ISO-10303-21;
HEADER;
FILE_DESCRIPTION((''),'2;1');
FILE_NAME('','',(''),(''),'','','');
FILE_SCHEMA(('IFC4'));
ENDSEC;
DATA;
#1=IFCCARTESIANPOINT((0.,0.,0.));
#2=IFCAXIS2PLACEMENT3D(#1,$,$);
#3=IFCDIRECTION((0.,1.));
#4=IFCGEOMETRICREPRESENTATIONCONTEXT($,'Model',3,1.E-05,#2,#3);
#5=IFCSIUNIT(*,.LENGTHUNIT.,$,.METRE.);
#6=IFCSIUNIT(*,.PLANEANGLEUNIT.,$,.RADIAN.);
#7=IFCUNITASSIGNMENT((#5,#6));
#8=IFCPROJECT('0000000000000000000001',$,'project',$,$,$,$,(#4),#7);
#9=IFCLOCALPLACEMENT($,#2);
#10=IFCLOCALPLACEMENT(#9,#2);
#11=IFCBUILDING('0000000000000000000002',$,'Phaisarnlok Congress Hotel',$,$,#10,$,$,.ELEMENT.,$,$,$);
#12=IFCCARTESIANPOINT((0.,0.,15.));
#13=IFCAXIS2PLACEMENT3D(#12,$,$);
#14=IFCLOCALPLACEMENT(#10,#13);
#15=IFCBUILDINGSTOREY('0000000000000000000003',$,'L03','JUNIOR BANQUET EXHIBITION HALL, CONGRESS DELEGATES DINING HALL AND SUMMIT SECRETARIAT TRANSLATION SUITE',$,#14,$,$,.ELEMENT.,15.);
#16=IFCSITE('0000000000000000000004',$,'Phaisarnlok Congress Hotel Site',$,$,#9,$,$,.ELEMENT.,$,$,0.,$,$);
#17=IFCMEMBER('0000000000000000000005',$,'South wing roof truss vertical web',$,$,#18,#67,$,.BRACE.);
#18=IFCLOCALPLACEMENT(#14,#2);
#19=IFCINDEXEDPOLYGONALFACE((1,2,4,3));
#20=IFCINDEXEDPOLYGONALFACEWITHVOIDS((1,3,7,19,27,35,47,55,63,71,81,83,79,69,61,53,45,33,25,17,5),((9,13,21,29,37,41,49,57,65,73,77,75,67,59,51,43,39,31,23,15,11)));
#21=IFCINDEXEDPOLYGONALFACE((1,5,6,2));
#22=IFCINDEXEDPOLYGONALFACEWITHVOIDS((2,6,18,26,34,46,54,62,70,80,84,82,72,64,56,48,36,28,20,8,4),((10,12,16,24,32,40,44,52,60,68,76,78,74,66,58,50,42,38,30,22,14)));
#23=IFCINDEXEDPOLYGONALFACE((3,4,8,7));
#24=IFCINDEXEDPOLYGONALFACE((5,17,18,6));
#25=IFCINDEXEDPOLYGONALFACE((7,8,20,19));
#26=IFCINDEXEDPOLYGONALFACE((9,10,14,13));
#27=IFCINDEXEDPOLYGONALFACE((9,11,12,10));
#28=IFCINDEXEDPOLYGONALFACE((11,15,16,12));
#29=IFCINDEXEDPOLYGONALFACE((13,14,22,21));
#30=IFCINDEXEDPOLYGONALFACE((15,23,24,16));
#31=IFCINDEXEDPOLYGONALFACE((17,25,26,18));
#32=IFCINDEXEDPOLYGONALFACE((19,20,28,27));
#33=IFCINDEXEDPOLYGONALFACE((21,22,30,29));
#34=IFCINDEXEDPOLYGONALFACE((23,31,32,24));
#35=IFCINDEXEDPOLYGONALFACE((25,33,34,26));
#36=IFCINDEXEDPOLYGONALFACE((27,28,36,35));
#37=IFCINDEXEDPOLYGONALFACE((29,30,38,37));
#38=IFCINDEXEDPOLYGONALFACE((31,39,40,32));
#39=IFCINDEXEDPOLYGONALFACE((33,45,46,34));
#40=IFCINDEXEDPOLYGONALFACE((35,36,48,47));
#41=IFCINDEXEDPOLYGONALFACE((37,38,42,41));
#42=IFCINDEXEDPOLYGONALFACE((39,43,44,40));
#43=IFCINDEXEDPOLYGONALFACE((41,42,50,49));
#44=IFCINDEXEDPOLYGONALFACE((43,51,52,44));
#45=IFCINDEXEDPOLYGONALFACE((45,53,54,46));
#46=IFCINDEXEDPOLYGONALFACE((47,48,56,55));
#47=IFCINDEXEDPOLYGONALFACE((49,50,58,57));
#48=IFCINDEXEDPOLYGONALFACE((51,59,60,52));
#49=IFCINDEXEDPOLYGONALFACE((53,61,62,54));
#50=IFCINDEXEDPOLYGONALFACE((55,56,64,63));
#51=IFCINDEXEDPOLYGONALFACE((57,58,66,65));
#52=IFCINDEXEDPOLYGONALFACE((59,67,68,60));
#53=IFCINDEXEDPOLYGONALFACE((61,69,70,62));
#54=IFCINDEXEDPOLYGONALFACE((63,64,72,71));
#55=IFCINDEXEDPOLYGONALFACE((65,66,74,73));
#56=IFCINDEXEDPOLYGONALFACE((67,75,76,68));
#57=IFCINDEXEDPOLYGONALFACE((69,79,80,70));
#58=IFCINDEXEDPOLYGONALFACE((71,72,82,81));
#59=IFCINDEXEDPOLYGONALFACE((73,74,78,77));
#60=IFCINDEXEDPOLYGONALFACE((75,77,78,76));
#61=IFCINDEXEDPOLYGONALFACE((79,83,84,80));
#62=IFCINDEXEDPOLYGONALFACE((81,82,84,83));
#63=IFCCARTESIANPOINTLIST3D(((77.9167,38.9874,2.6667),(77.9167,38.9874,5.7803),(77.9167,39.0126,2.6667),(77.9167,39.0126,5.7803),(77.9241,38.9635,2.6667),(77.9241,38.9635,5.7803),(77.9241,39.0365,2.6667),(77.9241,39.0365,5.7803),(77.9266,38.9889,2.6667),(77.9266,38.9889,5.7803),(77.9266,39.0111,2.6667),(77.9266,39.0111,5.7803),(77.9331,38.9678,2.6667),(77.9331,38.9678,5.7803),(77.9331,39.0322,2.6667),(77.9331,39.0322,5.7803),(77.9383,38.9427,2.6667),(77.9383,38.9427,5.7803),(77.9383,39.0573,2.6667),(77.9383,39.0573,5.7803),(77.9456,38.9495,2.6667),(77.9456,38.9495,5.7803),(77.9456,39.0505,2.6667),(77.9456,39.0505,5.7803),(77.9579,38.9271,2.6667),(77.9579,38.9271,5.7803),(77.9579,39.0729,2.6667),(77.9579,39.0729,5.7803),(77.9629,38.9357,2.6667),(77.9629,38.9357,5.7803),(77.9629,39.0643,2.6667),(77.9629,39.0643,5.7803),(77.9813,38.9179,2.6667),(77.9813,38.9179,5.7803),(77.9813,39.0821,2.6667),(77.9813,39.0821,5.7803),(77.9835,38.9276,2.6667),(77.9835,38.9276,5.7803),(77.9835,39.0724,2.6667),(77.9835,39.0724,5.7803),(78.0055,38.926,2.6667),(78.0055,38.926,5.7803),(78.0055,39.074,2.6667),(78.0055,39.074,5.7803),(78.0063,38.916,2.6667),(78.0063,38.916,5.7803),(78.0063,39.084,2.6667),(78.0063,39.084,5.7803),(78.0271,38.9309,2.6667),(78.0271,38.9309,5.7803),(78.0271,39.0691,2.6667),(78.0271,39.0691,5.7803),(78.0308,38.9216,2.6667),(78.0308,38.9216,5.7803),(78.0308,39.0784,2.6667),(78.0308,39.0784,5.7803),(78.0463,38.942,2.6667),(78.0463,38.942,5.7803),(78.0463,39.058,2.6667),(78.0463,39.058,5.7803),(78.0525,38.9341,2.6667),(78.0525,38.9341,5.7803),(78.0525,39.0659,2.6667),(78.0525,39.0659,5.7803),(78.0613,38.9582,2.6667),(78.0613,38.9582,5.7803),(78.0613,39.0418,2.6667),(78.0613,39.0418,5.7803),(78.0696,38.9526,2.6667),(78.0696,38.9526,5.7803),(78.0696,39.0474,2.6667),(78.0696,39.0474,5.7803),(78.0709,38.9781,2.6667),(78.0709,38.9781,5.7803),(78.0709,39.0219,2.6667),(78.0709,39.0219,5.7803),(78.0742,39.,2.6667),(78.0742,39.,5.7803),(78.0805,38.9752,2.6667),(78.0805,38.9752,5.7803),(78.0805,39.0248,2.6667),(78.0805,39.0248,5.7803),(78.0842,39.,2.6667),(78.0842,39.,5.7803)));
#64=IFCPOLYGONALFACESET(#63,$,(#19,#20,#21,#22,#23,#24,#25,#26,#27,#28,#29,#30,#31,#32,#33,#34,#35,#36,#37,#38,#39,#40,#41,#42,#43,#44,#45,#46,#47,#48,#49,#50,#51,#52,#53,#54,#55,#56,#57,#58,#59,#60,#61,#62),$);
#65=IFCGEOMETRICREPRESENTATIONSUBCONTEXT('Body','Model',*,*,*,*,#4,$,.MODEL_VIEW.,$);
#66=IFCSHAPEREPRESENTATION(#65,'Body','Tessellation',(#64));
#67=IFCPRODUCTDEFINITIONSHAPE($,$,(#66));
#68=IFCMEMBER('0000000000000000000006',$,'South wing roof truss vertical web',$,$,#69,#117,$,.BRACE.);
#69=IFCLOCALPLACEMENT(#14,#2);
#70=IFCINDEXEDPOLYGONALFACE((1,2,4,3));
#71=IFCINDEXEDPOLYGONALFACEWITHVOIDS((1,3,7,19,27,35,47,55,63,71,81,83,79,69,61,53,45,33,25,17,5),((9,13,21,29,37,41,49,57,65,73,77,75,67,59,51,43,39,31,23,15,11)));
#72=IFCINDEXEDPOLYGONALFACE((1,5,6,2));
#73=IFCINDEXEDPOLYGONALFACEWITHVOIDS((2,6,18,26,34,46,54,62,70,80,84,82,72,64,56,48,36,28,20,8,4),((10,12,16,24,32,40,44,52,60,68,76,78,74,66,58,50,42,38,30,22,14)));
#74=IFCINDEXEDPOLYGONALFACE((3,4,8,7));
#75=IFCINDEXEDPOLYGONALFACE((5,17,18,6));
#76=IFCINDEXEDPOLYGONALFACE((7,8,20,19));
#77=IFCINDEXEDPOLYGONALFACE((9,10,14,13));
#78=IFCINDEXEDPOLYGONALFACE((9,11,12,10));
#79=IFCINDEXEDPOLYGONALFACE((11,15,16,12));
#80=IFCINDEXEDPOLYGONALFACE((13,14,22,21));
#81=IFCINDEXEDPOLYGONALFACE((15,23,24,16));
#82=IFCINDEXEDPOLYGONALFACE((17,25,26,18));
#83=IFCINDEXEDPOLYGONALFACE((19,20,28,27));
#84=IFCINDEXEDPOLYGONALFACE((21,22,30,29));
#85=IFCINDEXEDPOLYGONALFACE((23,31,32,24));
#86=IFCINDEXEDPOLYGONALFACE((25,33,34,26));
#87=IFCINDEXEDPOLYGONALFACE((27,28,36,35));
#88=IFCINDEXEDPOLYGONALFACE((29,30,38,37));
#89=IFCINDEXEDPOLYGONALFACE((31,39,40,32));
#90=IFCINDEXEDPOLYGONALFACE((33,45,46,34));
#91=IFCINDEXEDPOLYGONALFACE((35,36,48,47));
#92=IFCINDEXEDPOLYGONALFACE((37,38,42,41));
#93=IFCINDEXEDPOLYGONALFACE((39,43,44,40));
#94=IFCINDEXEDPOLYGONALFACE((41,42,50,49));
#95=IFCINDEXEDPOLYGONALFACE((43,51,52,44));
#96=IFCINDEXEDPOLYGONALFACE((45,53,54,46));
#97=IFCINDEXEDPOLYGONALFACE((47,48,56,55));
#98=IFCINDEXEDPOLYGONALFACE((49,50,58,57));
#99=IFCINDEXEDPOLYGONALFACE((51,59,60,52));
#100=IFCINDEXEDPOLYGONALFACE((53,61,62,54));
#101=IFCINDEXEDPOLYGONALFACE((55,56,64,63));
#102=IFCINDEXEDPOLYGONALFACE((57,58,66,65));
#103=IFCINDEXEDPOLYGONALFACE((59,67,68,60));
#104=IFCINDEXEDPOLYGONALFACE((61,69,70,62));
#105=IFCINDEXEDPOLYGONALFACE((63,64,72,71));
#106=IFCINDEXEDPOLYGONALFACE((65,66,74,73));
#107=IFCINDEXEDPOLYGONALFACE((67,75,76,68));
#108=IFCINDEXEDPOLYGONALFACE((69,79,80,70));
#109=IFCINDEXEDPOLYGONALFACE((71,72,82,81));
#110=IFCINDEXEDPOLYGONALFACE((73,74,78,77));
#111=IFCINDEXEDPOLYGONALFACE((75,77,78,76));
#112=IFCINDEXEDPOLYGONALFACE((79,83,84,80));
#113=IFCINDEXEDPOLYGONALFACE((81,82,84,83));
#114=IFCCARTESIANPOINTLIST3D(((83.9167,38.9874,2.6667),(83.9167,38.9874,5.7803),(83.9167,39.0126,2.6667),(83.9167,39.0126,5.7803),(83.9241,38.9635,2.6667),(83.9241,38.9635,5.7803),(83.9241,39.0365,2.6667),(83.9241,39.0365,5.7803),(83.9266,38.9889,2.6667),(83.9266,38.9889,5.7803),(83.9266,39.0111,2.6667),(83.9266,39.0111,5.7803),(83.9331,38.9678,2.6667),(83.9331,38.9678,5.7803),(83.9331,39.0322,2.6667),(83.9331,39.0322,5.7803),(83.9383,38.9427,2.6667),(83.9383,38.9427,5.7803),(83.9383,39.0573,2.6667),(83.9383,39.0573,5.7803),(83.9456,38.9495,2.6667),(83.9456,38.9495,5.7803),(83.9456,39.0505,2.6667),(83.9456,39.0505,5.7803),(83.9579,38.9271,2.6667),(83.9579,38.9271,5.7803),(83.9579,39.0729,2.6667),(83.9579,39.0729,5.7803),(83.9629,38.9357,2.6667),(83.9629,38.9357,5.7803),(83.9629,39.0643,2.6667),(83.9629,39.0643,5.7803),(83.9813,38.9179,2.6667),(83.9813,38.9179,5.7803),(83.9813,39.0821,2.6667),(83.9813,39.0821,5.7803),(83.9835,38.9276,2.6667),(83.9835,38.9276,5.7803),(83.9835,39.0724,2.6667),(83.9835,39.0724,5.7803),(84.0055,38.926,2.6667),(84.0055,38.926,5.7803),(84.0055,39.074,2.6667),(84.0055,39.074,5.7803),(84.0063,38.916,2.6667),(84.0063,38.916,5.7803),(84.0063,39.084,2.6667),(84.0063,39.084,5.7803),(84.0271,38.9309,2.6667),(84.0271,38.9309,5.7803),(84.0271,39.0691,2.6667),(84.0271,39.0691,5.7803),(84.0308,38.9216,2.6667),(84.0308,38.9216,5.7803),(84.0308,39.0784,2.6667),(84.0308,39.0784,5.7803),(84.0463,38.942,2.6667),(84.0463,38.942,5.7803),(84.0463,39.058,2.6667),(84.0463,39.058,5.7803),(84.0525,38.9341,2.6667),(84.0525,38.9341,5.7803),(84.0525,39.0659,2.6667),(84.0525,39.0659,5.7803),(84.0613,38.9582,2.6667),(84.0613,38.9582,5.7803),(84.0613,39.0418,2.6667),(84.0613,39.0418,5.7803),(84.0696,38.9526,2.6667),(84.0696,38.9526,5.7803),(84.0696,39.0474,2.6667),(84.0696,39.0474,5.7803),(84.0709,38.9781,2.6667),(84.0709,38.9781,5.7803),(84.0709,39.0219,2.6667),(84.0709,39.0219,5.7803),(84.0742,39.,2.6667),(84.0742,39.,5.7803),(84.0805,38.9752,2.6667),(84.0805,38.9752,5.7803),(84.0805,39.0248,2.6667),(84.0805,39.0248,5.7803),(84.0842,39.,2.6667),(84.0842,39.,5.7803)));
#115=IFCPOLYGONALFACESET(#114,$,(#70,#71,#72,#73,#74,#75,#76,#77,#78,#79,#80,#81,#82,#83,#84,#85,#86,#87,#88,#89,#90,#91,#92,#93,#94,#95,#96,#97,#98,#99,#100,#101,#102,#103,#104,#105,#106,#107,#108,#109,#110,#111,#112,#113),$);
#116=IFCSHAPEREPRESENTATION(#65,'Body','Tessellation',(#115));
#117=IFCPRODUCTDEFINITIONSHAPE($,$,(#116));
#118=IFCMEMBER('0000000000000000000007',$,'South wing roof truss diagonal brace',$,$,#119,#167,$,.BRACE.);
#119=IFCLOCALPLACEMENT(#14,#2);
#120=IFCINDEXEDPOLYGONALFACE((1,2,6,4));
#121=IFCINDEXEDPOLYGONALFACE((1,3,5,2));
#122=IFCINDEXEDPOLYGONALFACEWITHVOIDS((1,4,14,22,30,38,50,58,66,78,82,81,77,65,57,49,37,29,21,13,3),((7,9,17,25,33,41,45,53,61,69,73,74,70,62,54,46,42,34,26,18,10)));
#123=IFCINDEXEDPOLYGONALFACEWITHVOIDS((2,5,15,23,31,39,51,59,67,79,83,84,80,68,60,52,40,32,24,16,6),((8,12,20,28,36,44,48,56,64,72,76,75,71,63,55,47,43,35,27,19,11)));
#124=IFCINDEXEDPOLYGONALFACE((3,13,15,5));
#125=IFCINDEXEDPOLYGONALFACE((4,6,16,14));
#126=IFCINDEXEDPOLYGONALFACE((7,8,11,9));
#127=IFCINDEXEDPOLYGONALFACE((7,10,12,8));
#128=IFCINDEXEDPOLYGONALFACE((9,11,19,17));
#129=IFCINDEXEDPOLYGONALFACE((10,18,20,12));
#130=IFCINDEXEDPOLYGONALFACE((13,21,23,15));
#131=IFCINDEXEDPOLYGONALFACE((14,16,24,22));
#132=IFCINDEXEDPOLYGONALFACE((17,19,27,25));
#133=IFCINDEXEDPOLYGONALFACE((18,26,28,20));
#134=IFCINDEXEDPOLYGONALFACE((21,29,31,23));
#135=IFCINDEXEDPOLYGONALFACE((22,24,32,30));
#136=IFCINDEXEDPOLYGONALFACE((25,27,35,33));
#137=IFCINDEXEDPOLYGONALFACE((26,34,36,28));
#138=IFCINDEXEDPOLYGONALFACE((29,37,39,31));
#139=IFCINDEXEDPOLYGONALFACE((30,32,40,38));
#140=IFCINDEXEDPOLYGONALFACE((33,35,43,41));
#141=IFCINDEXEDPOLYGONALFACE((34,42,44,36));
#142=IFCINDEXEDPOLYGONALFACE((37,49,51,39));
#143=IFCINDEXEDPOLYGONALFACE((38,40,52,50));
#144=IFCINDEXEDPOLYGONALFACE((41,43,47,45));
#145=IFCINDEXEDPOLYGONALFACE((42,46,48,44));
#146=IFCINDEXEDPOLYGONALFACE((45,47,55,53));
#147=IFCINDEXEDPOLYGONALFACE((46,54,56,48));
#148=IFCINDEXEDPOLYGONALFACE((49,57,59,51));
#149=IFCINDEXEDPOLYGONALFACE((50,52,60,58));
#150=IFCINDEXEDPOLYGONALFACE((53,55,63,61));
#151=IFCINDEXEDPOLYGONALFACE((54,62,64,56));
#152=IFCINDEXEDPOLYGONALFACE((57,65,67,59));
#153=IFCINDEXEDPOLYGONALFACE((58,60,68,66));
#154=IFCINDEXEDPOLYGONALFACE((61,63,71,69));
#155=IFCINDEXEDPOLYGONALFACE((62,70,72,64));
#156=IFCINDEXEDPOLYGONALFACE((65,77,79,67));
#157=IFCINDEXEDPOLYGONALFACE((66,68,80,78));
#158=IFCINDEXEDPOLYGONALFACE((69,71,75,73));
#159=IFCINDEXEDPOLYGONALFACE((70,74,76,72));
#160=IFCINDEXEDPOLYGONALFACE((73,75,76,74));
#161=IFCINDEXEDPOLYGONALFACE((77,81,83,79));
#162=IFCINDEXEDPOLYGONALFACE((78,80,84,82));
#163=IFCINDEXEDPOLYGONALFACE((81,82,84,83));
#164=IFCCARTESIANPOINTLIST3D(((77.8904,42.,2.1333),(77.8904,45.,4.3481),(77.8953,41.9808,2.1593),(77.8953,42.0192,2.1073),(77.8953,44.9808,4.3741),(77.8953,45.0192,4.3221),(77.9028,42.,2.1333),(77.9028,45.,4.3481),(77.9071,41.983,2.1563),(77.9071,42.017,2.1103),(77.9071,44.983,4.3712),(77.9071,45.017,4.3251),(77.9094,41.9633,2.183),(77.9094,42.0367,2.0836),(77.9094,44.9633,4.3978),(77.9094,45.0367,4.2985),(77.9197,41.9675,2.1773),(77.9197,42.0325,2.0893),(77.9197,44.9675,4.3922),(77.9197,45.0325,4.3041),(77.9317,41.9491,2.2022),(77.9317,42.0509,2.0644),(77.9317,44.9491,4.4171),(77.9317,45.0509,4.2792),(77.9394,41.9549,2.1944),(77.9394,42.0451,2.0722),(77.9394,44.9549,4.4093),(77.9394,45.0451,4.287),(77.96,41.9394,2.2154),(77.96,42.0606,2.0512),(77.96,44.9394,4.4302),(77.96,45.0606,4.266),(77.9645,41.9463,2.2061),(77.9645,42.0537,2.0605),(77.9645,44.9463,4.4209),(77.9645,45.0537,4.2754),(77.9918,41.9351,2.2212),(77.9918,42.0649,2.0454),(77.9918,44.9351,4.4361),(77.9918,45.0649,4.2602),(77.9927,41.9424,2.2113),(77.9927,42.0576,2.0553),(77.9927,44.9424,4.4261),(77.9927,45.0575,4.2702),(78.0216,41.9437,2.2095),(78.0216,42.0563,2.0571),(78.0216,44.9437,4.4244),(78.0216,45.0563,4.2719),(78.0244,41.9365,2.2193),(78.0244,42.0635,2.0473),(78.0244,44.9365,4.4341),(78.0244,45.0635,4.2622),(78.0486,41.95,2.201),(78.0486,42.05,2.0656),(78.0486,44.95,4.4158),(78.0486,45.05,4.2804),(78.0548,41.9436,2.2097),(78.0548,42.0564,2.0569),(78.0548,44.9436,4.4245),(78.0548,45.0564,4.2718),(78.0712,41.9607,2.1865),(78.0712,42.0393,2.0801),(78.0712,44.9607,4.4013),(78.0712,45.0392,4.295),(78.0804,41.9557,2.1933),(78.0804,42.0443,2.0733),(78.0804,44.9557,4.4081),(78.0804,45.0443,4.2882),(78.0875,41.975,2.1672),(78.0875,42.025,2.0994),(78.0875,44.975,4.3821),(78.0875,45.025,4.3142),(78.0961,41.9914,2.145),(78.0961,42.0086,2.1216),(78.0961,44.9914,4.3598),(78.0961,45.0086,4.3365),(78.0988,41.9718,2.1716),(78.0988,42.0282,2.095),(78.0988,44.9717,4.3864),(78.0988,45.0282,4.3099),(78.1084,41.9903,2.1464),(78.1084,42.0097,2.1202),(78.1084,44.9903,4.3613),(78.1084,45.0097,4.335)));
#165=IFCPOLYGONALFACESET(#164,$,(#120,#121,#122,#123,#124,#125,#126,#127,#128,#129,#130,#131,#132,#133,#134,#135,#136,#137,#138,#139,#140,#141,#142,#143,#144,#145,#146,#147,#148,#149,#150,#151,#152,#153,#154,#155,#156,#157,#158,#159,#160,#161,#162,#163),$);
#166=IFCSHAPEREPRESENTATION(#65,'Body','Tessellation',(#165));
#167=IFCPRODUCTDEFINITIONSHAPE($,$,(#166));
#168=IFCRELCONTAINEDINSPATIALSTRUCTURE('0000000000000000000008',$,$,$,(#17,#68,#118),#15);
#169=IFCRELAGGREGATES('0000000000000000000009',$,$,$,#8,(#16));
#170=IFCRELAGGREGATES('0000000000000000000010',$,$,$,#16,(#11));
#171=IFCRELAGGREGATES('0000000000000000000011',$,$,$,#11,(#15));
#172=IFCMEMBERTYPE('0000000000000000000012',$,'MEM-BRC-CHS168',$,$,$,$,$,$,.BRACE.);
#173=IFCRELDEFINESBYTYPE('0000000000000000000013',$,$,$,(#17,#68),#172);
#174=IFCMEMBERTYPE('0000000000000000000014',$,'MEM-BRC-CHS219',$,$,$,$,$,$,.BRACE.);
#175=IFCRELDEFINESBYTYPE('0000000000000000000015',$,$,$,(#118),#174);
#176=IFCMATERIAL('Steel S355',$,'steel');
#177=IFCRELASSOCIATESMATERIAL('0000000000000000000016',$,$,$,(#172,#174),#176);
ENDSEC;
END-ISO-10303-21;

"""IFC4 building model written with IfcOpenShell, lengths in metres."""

from ifc_helpers import new_model, si_unit, direction, frame, origin, origin_2d, place, context, subcontext, project, spatial, hollow_circle, extrude, material, material_profile, profile_set, type_object, element, save


model = new_model("IFC4")

# Units and contexts
model_context = context("Model", 3, precision=1e-05, world=origin(), true_north=direction((0.0, 1.0)))
body_context = subcontext(model_context, "Body", "Model", "MODEL_VIEW")
ifc_project = project(units=[si_unit("LENGTHUNIT", "METRE"), si_unit("PLANEANGLEUNIT", "RADIAN")], contexts=[model_context])

# Site, building, storey
site_placement = place(None, origin())
site = spatial("IfcSite", under=ifc_project, at=site_placement, Name="Phaisarnlok Congress Hotel Site", CompositionType="ELEMENT", RefElevation=0.0)
building_placement = place(site_placement, origin())
building = spatial("IfcBuilding", under=site, at=building_placement, Name="Phaisarnlok Congress Hotel", CompositionType="ELEMENT")
storey_placement = place(building_placement, frame((0.0, 0.0, 15.0)))
storey = spatial("IfcBuildingStorey", under=building, at=storey_placement, Name="L03", Description="JUNIOR BANQUET EXHIBITION HALL, CONGRESS DELEGATES DINING HALL AND SUMMIT SECRETARIAT TRANSLATION SUITE", CompositionType="ELEMENT", Elevation=15.0)

# Shared definitions
ifc_material_1 = material(Name="Steel S355", Category="steel")

# Members
ifc_material_profile_1 = material_profile(ifc_material_1, hollow_circle(Radius=0.0842, WallThickness=0.01, at=origin_2d()), Name="CHS 168.3x10")
ifc_profile_set_1 = profile_set([ifc_material_profile_1], Name="Steel S355")
member_type_1 = type_object("IfcMemberType", Name="MEM-BRC-CHS168", PredefinedType="BRACE", material=ifc_profile_set_1)
for number, where, z_axis, x_axis, name in (
    (1, (78.0, 39.0, 2.6667), (0.0, 0.0, 1.0), (1.0, 0.0, 0.0), "South wing roof truss vertical web"),
    (2, (84.0, 39.0, 2.6667), (0.0, 0.0, 1.0), (1.0, 0.0, 0.0), "South wing roof truss vertical web"),
):
    element("IfcMember", number, at=place(storey_placement, frame(where, z_axis=z_axis, x_axis=x_axis)), inside=storey, type_object=member_type_1, Name=name, PredefinedType="BRACE", context=body_context, shape_type="SweptSolid", body=[
        extrude(hollow_circle(Radius=0.0842, WallThickness=0.01, at=origin_2d()), origin(), (0.0, 0.0, 1.0), 3.1135),
    ])
ifc_material_profile_2 = material_profile(ifc_material_1, hollow_circle(Radius=0.1096, WallThickness=0.0125, at=origin_2d()), Name="CHS 219.1x12.5")
ifc_profile_set_2 = profile_set([ifc_material_profile_2], Name="Steel S355")
member_type_2 = type_object("IfcMemberType", Name="MEM-BRC-CHS219", PredefinedType="BRACE", material=ifc_profile_set_2)
member_1_placement = place(storey_placement, frame((78.0, 42.0, 2.1333), z_axis=(0.0, 0.804503, 0.593949), x_axis=(-1.0, 0.0, 0.0)))
element("IfcMember", 3, at=member_1_placement, inside=storey, type_object=member_type_2, Name="South wing roof truss diagonal brace", PredefinedType="BRACE", context=body_context, shape_type="SweptSolid", body=[
    extrude(hollow_circle(Radius=0.1096, WallThickness=0.0125, at=origin_2d()), origin(), (0.0, 0.0, 1.0), 3.729),
])

save(model, "model.ifc")
